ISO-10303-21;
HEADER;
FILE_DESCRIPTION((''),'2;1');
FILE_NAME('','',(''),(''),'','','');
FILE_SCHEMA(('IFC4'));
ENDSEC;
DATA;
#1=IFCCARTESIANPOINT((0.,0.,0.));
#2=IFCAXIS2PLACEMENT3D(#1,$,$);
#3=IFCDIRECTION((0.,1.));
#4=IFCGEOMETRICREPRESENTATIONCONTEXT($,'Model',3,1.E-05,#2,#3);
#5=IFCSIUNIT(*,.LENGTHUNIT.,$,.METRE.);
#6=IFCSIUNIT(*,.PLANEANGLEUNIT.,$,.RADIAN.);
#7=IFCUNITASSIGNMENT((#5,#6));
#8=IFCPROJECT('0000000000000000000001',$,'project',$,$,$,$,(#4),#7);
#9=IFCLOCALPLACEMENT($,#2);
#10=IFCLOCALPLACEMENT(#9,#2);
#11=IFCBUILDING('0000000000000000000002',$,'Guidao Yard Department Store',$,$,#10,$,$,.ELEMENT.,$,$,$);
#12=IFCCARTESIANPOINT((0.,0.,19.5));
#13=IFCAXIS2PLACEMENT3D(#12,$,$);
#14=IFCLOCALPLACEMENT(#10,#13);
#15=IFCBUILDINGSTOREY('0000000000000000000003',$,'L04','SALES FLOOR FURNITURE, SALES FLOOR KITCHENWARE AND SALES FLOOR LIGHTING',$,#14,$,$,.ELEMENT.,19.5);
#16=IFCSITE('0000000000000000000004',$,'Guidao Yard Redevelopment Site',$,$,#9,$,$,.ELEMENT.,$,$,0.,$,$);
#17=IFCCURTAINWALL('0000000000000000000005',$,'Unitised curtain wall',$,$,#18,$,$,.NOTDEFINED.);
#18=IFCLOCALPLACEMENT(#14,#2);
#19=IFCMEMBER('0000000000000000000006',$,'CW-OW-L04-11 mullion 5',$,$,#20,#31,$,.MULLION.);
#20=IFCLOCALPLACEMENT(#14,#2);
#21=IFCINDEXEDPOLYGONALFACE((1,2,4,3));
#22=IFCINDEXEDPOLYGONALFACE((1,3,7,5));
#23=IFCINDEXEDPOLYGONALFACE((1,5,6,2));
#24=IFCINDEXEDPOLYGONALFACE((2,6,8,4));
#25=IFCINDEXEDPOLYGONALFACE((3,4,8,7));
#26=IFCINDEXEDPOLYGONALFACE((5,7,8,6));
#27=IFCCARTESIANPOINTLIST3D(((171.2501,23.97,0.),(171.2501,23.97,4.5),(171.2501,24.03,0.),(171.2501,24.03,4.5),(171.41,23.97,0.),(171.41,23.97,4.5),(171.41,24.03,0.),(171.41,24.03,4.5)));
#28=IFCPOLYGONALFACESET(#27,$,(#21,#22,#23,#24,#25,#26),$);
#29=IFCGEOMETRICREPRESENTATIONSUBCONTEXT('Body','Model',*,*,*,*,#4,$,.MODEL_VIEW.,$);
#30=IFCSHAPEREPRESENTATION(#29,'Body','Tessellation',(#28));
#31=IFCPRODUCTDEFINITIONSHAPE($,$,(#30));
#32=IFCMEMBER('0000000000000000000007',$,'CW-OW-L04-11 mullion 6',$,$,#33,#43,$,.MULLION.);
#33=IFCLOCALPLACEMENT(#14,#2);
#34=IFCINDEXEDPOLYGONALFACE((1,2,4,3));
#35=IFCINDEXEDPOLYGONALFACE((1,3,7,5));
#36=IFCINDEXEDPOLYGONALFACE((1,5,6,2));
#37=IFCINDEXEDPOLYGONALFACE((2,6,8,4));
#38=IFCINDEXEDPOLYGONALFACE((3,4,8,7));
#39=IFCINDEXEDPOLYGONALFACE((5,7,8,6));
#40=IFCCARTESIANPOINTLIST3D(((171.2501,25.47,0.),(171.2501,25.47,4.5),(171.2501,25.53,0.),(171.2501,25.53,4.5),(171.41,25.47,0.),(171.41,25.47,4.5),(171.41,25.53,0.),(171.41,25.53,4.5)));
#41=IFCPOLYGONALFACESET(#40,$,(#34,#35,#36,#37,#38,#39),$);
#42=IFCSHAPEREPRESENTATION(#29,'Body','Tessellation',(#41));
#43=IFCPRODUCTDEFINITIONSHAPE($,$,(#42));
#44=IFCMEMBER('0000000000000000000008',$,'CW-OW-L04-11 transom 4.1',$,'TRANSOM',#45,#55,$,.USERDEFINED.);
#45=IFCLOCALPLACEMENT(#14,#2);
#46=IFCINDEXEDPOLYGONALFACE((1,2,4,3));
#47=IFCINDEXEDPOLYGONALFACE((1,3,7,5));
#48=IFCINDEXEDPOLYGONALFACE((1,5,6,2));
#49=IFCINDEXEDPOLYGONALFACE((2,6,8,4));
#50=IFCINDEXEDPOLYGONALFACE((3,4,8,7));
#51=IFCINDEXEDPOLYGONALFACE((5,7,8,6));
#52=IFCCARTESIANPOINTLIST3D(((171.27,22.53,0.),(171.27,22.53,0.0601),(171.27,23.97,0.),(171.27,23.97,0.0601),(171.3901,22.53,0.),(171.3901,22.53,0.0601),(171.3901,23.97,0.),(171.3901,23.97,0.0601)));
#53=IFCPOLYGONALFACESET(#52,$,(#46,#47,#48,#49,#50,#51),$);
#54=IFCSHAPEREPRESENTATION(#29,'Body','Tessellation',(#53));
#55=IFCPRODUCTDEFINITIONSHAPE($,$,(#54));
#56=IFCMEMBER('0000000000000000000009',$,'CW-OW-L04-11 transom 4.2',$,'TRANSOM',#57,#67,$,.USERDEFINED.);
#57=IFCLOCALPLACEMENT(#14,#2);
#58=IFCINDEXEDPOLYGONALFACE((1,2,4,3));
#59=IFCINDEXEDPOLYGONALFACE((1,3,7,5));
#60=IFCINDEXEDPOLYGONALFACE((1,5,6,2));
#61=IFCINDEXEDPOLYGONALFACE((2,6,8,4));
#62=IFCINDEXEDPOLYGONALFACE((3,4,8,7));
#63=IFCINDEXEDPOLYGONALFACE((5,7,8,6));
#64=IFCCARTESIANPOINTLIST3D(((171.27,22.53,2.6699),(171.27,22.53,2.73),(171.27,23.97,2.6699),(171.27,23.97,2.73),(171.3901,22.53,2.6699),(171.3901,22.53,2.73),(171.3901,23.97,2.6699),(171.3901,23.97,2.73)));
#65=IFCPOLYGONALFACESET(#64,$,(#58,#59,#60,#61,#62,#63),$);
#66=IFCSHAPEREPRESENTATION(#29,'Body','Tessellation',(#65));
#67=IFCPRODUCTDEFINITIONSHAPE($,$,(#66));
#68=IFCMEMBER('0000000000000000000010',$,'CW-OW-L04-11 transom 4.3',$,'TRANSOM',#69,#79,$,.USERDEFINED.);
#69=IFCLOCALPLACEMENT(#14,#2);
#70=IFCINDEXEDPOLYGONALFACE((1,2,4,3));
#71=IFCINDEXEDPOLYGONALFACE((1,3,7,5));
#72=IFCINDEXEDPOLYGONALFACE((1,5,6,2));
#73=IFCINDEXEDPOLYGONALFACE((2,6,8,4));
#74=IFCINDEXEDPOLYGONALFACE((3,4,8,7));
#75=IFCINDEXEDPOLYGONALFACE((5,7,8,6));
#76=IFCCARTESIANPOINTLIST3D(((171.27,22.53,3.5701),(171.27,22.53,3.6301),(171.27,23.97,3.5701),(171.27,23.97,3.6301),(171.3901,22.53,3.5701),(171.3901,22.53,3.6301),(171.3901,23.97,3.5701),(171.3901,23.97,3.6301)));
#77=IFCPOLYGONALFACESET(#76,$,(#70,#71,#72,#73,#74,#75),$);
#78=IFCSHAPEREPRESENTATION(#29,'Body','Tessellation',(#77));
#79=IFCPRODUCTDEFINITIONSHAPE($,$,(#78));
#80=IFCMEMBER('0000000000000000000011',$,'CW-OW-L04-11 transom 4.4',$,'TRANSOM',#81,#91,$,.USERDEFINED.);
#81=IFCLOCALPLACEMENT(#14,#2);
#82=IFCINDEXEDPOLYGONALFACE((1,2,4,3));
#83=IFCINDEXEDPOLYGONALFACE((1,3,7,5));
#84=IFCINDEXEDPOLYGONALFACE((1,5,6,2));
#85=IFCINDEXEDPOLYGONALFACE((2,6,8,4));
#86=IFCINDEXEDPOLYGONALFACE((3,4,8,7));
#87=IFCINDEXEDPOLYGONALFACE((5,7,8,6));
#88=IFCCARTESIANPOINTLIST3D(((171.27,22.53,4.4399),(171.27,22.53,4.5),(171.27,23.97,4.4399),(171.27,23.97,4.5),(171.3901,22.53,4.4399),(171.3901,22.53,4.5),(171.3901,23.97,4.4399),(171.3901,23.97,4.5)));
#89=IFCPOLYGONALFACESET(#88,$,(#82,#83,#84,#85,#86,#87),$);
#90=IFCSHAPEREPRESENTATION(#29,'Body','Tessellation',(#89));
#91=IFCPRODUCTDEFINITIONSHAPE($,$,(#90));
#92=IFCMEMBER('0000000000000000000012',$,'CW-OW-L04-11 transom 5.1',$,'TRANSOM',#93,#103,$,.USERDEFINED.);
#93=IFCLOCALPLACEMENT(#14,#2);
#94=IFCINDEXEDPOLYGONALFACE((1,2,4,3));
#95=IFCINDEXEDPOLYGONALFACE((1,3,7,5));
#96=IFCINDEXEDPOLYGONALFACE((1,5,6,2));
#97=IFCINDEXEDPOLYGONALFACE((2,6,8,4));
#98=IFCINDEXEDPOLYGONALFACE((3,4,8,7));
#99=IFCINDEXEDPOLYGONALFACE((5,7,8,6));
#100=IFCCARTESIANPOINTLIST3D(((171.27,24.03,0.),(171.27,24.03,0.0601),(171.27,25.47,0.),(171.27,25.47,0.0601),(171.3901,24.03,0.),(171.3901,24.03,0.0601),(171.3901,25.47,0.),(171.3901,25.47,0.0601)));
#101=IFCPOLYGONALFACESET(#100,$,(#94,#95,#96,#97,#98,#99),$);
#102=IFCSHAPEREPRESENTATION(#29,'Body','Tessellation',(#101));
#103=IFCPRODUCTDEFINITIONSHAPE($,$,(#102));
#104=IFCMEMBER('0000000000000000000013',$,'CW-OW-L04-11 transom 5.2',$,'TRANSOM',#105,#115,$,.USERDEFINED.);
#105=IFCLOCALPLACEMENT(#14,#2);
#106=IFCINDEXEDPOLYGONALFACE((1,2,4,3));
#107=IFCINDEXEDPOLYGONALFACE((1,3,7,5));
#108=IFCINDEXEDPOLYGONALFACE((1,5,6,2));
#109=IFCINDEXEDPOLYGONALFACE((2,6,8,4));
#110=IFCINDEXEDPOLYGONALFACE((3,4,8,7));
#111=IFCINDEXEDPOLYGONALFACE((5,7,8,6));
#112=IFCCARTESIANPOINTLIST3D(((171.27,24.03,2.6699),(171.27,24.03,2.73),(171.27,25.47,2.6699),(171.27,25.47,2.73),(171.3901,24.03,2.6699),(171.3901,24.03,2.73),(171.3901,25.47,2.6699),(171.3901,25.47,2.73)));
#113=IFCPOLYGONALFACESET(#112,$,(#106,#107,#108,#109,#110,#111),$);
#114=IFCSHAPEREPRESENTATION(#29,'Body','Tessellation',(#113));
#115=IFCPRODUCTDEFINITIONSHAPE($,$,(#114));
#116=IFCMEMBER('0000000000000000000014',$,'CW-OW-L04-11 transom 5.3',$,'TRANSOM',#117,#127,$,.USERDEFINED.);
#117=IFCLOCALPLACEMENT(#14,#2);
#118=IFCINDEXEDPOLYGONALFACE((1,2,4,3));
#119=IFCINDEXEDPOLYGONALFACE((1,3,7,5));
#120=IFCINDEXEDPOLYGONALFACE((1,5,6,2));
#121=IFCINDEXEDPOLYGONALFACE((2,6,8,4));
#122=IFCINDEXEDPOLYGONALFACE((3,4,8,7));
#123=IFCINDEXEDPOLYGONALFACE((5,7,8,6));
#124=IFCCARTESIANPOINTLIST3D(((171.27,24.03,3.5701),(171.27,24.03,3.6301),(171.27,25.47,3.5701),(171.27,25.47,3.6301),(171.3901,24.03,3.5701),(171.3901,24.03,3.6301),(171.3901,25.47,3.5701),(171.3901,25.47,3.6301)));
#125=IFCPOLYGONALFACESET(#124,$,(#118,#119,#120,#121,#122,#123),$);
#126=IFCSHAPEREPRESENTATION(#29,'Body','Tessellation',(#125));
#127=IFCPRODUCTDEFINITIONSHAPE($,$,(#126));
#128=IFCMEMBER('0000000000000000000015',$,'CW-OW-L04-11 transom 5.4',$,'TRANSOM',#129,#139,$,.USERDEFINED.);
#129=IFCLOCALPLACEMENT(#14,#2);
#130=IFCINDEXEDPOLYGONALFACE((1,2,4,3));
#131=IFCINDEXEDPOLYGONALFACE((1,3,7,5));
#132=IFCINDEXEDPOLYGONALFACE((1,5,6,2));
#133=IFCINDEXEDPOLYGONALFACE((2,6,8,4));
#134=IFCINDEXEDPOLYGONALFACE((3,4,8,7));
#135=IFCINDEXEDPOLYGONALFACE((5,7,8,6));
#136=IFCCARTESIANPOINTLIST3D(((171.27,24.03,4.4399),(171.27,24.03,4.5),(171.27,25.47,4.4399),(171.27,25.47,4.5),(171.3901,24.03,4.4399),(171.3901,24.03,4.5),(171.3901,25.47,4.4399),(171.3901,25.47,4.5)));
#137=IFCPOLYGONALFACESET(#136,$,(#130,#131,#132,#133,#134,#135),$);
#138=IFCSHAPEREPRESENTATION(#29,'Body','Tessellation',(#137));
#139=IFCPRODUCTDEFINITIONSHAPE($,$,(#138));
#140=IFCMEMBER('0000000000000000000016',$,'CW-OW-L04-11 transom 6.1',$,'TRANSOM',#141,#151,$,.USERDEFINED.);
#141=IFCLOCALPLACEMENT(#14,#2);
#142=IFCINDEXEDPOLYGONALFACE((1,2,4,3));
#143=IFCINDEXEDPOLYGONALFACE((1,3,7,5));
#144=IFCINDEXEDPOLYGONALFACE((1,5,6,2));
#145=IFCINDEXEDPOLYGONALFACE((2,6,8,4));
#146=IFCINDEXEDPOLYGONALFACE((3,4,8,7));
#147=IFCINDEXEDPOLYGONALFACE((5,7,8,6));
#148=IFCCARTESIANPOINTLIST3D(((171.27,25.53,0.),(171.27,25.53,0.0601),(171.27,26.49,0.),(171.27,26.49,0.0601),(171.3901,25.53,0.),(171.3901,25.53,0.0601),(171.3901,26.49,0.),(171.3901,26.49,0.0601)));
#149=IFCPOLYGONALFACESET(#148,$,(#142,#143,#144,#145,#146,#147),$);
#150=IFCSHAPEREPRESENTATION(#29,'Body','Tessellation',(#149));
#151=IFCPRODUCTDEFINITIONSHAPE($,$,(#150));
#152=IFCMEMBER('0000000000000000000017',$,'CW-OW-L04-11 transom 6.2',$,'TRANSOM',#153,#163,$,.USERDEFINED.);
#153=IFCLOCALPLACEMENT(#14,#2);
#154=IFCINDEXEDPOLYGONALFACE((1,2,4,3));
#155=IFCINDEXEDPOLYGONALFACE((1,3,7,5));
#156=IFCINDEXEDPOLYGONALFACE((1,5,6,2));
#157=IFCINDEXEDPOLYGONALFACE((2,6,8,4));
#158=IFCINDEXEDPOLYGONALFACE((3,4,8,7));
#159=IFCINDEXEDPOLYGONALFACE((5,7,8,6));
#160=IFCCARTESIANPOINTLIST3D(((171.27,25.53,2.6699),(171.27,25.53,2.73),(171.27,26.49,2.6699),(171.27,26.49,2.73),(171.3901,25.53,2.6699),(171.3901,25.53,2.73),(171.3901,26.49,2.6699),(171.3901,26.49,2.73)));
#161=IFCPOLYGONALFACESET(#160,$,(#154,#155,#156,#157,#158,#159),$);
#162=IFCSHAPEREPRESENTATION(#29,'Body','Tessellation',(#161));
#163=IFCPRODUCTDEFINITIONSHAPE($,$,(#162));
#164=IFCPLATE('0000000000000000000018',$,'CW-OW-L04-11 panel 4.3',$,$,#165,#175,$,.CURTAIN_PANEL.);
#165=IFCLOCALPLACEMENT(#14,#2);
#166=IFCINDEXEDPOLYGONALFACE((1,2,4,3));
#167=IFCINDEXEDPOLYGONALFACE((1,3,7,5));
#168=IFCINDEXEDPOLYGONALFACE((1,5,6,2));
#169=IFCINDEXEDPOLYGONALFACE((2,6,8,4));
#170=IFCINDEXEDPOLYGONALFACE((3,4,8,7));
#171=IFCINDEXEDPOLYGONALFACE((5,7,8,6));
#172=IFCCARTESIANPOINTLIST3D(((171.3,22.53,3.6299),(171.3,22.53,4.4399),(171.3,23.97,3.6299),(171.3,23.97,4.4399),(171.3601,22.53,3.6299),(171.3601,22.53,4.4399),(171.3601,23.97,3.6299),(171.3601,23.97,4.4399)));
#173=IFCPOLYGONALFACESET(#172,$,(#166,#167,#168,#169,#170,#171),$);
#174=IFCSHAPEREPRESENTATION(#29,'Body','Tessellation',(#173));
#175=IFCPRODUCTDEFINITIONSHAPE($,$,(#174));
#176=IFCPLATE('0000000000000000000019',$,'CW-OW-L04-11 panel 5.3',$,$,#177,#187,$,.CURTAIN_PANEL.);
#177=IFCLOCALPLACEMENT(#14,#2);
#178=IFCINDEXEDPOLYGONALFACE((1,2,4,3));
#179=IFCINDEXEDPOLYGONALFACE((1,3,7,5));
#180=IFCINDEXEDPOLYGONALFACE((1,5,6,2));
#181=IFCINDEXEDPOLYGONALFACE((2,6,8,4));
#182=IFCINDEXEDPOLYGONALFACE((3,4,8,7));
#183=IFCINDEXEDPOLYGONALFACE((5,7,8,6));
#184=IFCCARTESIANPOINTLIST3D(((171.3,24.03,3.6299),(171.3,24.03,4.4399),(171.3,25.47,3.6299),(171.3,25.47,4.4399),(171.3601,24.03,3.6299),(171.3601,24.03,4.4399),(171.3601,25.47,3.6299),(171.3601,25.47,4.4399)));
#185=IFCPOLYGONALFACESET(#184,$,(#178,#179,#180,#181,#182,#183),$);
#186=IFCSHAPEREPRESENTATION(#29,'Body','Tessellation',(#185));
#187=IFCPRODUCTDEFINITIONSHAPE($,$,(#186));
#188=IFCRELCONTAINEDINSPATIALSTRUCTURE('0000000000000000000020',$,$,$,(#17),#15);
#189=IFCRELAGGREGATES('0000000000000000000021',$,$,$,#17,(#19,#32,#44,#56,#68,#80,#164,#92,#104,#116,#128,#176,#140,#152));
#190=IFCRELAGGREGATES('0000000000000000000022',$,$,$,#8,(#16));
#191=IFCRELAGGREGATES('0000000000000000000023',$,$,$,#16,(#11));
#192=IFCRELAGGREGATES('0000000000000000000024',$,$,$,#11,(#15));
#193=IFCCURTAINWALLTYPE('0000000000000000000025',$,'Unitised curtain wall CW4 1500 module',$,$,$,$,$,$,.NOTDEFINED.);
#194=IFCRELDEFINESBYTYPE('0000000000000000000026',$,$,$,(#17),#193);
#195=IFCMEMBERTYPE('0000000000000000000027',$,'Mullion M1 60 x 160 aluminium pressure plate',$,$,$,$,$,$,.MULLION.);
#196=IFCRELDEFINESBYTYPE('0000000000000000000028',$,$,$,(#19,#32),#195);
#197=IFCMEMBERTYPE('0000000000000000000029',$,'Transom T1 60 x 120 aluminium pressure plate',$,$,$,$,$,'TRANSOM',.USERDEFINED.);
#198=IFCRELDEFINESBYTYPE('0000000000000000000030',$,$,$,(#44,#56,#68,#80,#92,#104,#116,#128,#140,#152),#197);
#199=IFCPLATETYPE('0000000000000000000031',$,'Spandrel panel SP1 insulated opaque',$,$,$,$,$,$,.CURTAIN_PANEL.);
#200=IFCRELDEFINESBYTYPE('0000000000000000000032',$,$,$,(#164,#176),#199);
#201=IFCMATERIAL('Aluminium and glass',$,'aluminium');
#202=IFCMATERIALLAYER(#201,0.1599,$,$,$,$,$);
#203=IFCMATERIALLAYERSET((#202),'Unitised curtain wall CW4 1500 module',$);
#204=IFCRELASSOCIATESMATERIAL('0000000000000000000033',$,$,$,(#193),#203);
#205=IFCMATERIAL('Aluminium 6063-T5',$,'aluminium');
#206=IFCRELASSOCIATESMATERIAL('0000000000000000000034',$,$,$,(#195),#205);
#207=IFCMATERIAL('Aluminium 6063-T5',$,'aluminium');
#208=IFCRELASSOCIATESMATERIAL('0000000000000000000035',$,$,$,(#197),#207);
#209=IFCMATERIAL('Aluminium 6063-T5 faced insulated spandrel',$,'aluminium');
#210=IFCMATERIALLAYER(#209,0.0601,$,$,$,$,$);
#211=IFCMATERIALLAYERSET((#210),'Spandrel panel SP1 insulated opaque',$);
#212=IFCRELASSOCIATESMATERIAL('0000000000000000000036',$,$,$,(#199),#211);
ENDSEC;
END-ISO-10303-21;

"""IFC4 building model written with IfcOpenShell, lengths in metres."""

from ifc_helpers import new_model, si_unit, direction, frame, origin, origin_2d, place, context, subcontext, project, spatial, rectangle, extrude, material, layer, layer_set, material_profile, profile_set, type_object, element, aggregate, save


model = new_model("IFC4")

# Units and contexts
model_context = context("Model", 3, precision=1e-05, world=origin(), true_north=direction((0.0, 1.0)))
body_context = subcontext(model_context, "Body", "Model", "MODEL_VIEW")
ifc_project = project(units=[si_unit("LENGTHUNIT", "METRE"), si_unit("PLANEANGLEUNIT", "RADIAN")], contexts=[model_context])

# Site, building, storey
site_placement = place(None, origin())
site = spatial("IfcSite", under=ifc_project, at=site_placement, Name="Guidao Yard Redevelopment Site", CompositionType="ELEMENT", RefElevation=0.0)
building_placement = place(site_placement, origin())
building = spatial("IfcBuilding", under=site, at=building_placement, Name="Guidao Yard Department Store", CompositionType="ELEMENT")
storey_placement = place(building_placement, frame((0.0, 0.0, 19.5)))
storey = spatial("IfcBuildingStorey", under=building, at=storey_placement, Name="L04", Description="SALES FLOOR FURNITURE, SALES FLOOR KITCHENWARE AND SALES FLOOR LIGHTING", CompositionType="ELEMENT", Elevation=19.5)

# Curtain wall, members, plates
ifc_material_1 = material(Name="Aluminium and glass", Category="aluminium")
ifc_layer_1 = layer(ifc_material_1, 0.1599)
ifc_layer_set_1 = layer_set([ifc_layer_1], Name="Unitised curtain wall CW4 1500 module")
curtain_wall_type = type_object("IfcCurtainWallType", Name="Unitised curtain wall CW4 1500 module", PredefinedType="NOTDEFINED", material=ifc_layer_set_1)
curtain_wall_placement = place(storey_placement, origin())
curtain_wall = element("IfcCurtainWall", 1, at=curtain_wall_placement, inside=storey, type_object=curtain_wall_type, Name="Unitised curtain wall", PredefinedType="NOTDEFINED")
ifc_material_2 = material(Name="Aluminium 6063-T5", Category="aluminium")
ifc_material_profile_1 = material_profile(ifc_material_2, rectangle(XDim=0.0601, YDim=0.1599, at=origin_2d()), Name="Mullion M1 60 x 160 aluminium pressure plate")
ifc_profile_set_1 = profile_set([ifc_material_profile_1], Name="Aluminium 6063-T5")
member_type_1 = type_object("IfcMemberType", Name="Mullion M1 60 x 160 aluminium pressure plate", PredefinedType="MULLION", material=ifc_profile_set_1)
member_1_placement = place(storey_placement, frame((171.3301, 24.0, 0.0), z_axis=(0.0, 0.0, 1.0), x_axis=(0.0, -1.0, 0.0)))
member_1 = element("IfcMember", 2, at=member_1_placement, type_object=member_type_1, Name="CW-OW-L04-11 mullion 5", PredefinedType="MULLION", context=body_context, shape_type="SweptSolid", body=[
    extrude(rectangle(XDim=0.0601, YDim=0.1599, at=origin_2d()), origin(), (0.0, 0.0, 1.0), 4.5),
])
member_2_placement = place(storey_placement, frame((171.3301, 25.5, 0.0), z_axis=(0.0, 0.0, 1.0), x_axis=(0.0, -1.0, 0.0)))
member_2 = element("IfcMember", 3, at=member_2_placement, type_object=member_type_1, Name="CW-OW-L04-11 mullion 6", PredefinedType="MULLION", context=body_context, shape_type="SweptSolid", body=[
    extrude(rectangle(XDim=0.0601, YDim=0.1599, at=origin_2d()), origin(), (0.0, 0.0, 1.0), 4.5),
])
ifc_material_3 = material(Name="Aluminium 6063-T5", Category="aluminium")
ifc_material_profile_2 = material_profile(ifc_material_3, rectangle(XDim=0.1201, YDim=0.0601, at=origin_2d()), Name="Transom T1 60 x 120 aluminium pressure plate")
ifc_profile_set_2 = profile_set([ifc_material_profile_2], Name="Aluminium 6063-T5")
member_type_2 = type_object("IfcMemberType", Name="Transom T1 60 x 120 aluminium pressure plate", ElementType="TRANSOM", PredefinedType="USERDEFINED", material=ifc_profile_set_2)
member_3_placement = place(storey_placement, frame((171.3301, 23.97, 0.03), z_axis=(0.0, -1.0, 0.0), x_axis=(1.0, 0.0, 0.0)))
member_3 = element("IfcMember", 4, at=member_3_placement, type_object=member_type_2, Name="CW-OW-L04-11 transom 4.1", ObjectType="TRANSOM", PredefinedType="USERDEFINED", context=body_context, shape_type="SweptSolid", body=[
    extrude(rectangle(XDim=0.1201, YDim=0.0601, at=origin_2d()), origin(), (0.0, 0.0, 1.0), 1.4399),
])
member_4_placement = place(storey_placement, frame((171.3301, 23.97, 2.7), z_axis=(0.0, -1.0, 0.0), x_axis=(1.0, 0.0, 0.0)))
member_4 = element("IfcMember", 5, at=member_4_placement, type_object=member_type_2, Name="CW-OW-L04-11 transom 4.2", ObjectType="TRANSOM", PredefinedType="USERDEFINED", context=body_context, shape_type="SweptSolid", body=[
    extrude(rectangle(XDim=0.1201, YDim=0.0601, at=origin_2d()), origin(), (0.0, 0.0, 1.0), 1.4399),
])
member_5_placement = place(storey_placement, frame((171.3301, 23.97, 3.6001), z_axis=(0.0, -1.0, 0.0), x_axis=(1.0, 0.0, 0.0)))
member_5 = element("IfcMember", 6, at=member_5_placement, type_object=member_type_2, Name="CW-OW-L04-11 transom 4.3", ObjectType="TRANSOM", PredefinedType="USERDEFINED", context=body_context, shape_type="SweptSolid", body=[
    extrude(rectangle(XDim=0.1201, YDim=0.0601, at=origin_2d()), origin(), (0.0, 0.0, 1.0), 1.4399),
])
member_6_placement = place(storey_placement, frame((171.3301, 23.97, 4.47), z_axis=(0.0, -1.0, 0.0), x_axis=(1.0, 0.0, 0.0)))
member_6 = element("IfcMember", 7, at=member_6_placement, type_object=member_type_2, Name="CW-OW-L04-11 transom 4.4", ObjectType="TRANSOM", PredefinedType="USERDEFINED", context=body_context, shape_type="SweptSolid", body=[
    extrude(rectangle(XDim=0.1201, YDim=0.0601, at=origin_2d()), origin(), (0.0, 0.0, 1.0), 1.4399),
])
member_7_placement = place(storey_placement, frame((171.3301, 25.47, 0.03), z_axis=(0.0, -1.0, 0.0), x_axis=(1.0, 0.0, 0.0)))
member_7 = element("IfcMember", 8, at=member_7_placement, type_object=member_type_2, Name="CW-OW-L04-11 transom 5.1", ObjectType="TRANSOM", PredefinedType="USERDEFINED", context=body_context, shape_type="SweptSolid", body=[
    extrude(rectangle(XDim=0.1201, YDim=0.0601, at=origin_2d()), origin(), (0.0, 0.0, 1.0), 1.4399),
])
member_8_placement = place(storey_placement, frame((171.3301, 25.47, 2.7), z_axis=(0.0, -1.0, 0.0), x_axis=(1.0, 0.0, 0.0)))
member_8 = element("IfcMember", 9, at=member_8_placement, type_object=member_type_2, Name="CW-OW-L04-11 transom 5.2", ObjectType="TRANSOM", PredefinedType="USERDEFINED", context=body_context, shape_type="SweptSolid", body=[
    extrude(rectangle(XDim=0.1201, YDim=0.0601, at=origin_2d()), origin(), (0.0, 0.0, 1.0), 1.4399),
])
member_9_placement = place(storey_placement, frame((171.3301, 25.47, 3.6001), z_axis=(0.0, -1.0, 0.0), x_axis=(1.0, 0.0, 0.0)))
member_9 = element("IfcMember", 10, at=member_9_placement, type_object=member_type_2, Name="CW-OW-L04-11 transom 5.3", ObjectType="TRANSOM", PredefinedType="USERDEFINED", context=body_context, shape_type="SweptSolid", body=[
    extrude(rectangle(XDim=0.1201, YDim=0.0601, at=origin_2d()), origin(), (0.0, 0.0, 1.0), 1.4399),
])
member_10_placement = place(storey_placement, frame((171.3301, 25.47, 4.47), z_axis=(0.0, -1.0, 0.0), x_axis=(1.0, 0.0, 0.0)))
member_10 = element("IfcMember", 11, at=member_10_placement, type_object=member_type_2, Name="CW-OW-L04-11 transom 5.4", ObjectType="TRANSOM", PredefinedType="USERDEFINED", context=body_context, shape_type="SweptSolid", body=[
    extrude(rectangle(XDim=0.1201, YDim=0.0601, at=origin_2d()), origin(), (0.0, 0.0, 1.0), 1.4399),
])
member_11_placement = place(storey_placement, frame((171.3301, 26.49, 0.03), z_axis=(0.0, -1.0, 0.0), x_axis=(1.0, 0.0, 0.0)))
member_11 = element("IfcMember", 12, at=member_11_placement, type_object=member_type_2, Name="CW-OW-L04-11 transom 6.1", ObjectType="TRANSOM", PredefinedType="USERDEFINED", context=body_context, shape_type="SweptSolid", body=[
    extrude(rectangle(XDim=0.1201, YDim=0.0601, at=origin_2d()), origin(), (0.0, 0.0, 1.0), 0.96),
])
member_12_placement = place(storey_placement, frame((171.3301, 26.49, 2.7), z_axis=(0.0, -1.0, 0.0), x_axis=(1.0, 0.0, 0.0)))
member_12 = element("IfcMember", 13, at=member_12_placement, type_object=member_type_2, Name="CW-OW-L04-11 transom 6.2", ObjectType="TRANSOM", PredefinedType="USERDEFINED", context=body_context, shape_type="SweptSolid", body=[
    extrude(rectangle(XDim=0.1201, YDim=0.0601, at=origin_2d()), origin(), (0.0, 0.0, 1.0), 0.96),
])
ifc_material_4 = material(Name="Aluminium 6063-T5 faced insulated spandrel", Category="aluminium")
ifc_layer_2 = layer(ifc_material_4, 0.0601)
ifc_layer_set_2 = layer_set([ifc_layer_2], Name="Spandrel panel SP1 insulated opaque")
plate_type_1 = type_object("IfcPlateType", Name="Spandrel panel SP1 insulated opaque", PredefinedType="CURTAIN_PANEL", material=ifc_layer_set_2)
plate_1_placement = place(storey_placement, frame((171.3301, 23.25, 3.6299), z_axis=(0.0, 0.0, 1.0), x_axis=(0.0, -1.0, 0.0)))
plate_1 = element("IfcPlate", 14, at=plate_1_placement, type_object=plate_type_1, Name="CW-OW-L04-11 panel 4.3", PredefinedType="CURTAIN_PANEL", context=body_context, shape_type="SweptSolid", body=[
    extrude(rectangle(XDim=1.4399, YDim=0.0601, at=origin_2d()), origin(), (0.0, 0.0, 1.0), 0.8101),
])
plate_2_placement = place(storey_placement, frame((171.3301, 24.75, 3.6299), z_axis=(0.0, 0.0, 1.0), x_axis=(0.0, -1.0, 0.0)))
plate_2 = element("IfcPlate", 15, at=plate_2_placement, type_object=plate_type_1, Name="CW-OW-L04-11 panel 5.3", PredefinedType="CURTAIN_PANEL", context=body_context, shape_type="SweptSolid", body=[
    extrude(rectangle(XDim=1.4399, YDim=0.0601, at=origin_2d()), origin(), (0.0, 0.0, 1.0), 0.8101),
])
aggregate(curtain_wall, [member_1, member_2, member_3, member_4, member_5, member_6, plate_1, member_7, member_8, member_9, member_10, plate_2, member_11, member_12])

save(model, "model.ifc")
